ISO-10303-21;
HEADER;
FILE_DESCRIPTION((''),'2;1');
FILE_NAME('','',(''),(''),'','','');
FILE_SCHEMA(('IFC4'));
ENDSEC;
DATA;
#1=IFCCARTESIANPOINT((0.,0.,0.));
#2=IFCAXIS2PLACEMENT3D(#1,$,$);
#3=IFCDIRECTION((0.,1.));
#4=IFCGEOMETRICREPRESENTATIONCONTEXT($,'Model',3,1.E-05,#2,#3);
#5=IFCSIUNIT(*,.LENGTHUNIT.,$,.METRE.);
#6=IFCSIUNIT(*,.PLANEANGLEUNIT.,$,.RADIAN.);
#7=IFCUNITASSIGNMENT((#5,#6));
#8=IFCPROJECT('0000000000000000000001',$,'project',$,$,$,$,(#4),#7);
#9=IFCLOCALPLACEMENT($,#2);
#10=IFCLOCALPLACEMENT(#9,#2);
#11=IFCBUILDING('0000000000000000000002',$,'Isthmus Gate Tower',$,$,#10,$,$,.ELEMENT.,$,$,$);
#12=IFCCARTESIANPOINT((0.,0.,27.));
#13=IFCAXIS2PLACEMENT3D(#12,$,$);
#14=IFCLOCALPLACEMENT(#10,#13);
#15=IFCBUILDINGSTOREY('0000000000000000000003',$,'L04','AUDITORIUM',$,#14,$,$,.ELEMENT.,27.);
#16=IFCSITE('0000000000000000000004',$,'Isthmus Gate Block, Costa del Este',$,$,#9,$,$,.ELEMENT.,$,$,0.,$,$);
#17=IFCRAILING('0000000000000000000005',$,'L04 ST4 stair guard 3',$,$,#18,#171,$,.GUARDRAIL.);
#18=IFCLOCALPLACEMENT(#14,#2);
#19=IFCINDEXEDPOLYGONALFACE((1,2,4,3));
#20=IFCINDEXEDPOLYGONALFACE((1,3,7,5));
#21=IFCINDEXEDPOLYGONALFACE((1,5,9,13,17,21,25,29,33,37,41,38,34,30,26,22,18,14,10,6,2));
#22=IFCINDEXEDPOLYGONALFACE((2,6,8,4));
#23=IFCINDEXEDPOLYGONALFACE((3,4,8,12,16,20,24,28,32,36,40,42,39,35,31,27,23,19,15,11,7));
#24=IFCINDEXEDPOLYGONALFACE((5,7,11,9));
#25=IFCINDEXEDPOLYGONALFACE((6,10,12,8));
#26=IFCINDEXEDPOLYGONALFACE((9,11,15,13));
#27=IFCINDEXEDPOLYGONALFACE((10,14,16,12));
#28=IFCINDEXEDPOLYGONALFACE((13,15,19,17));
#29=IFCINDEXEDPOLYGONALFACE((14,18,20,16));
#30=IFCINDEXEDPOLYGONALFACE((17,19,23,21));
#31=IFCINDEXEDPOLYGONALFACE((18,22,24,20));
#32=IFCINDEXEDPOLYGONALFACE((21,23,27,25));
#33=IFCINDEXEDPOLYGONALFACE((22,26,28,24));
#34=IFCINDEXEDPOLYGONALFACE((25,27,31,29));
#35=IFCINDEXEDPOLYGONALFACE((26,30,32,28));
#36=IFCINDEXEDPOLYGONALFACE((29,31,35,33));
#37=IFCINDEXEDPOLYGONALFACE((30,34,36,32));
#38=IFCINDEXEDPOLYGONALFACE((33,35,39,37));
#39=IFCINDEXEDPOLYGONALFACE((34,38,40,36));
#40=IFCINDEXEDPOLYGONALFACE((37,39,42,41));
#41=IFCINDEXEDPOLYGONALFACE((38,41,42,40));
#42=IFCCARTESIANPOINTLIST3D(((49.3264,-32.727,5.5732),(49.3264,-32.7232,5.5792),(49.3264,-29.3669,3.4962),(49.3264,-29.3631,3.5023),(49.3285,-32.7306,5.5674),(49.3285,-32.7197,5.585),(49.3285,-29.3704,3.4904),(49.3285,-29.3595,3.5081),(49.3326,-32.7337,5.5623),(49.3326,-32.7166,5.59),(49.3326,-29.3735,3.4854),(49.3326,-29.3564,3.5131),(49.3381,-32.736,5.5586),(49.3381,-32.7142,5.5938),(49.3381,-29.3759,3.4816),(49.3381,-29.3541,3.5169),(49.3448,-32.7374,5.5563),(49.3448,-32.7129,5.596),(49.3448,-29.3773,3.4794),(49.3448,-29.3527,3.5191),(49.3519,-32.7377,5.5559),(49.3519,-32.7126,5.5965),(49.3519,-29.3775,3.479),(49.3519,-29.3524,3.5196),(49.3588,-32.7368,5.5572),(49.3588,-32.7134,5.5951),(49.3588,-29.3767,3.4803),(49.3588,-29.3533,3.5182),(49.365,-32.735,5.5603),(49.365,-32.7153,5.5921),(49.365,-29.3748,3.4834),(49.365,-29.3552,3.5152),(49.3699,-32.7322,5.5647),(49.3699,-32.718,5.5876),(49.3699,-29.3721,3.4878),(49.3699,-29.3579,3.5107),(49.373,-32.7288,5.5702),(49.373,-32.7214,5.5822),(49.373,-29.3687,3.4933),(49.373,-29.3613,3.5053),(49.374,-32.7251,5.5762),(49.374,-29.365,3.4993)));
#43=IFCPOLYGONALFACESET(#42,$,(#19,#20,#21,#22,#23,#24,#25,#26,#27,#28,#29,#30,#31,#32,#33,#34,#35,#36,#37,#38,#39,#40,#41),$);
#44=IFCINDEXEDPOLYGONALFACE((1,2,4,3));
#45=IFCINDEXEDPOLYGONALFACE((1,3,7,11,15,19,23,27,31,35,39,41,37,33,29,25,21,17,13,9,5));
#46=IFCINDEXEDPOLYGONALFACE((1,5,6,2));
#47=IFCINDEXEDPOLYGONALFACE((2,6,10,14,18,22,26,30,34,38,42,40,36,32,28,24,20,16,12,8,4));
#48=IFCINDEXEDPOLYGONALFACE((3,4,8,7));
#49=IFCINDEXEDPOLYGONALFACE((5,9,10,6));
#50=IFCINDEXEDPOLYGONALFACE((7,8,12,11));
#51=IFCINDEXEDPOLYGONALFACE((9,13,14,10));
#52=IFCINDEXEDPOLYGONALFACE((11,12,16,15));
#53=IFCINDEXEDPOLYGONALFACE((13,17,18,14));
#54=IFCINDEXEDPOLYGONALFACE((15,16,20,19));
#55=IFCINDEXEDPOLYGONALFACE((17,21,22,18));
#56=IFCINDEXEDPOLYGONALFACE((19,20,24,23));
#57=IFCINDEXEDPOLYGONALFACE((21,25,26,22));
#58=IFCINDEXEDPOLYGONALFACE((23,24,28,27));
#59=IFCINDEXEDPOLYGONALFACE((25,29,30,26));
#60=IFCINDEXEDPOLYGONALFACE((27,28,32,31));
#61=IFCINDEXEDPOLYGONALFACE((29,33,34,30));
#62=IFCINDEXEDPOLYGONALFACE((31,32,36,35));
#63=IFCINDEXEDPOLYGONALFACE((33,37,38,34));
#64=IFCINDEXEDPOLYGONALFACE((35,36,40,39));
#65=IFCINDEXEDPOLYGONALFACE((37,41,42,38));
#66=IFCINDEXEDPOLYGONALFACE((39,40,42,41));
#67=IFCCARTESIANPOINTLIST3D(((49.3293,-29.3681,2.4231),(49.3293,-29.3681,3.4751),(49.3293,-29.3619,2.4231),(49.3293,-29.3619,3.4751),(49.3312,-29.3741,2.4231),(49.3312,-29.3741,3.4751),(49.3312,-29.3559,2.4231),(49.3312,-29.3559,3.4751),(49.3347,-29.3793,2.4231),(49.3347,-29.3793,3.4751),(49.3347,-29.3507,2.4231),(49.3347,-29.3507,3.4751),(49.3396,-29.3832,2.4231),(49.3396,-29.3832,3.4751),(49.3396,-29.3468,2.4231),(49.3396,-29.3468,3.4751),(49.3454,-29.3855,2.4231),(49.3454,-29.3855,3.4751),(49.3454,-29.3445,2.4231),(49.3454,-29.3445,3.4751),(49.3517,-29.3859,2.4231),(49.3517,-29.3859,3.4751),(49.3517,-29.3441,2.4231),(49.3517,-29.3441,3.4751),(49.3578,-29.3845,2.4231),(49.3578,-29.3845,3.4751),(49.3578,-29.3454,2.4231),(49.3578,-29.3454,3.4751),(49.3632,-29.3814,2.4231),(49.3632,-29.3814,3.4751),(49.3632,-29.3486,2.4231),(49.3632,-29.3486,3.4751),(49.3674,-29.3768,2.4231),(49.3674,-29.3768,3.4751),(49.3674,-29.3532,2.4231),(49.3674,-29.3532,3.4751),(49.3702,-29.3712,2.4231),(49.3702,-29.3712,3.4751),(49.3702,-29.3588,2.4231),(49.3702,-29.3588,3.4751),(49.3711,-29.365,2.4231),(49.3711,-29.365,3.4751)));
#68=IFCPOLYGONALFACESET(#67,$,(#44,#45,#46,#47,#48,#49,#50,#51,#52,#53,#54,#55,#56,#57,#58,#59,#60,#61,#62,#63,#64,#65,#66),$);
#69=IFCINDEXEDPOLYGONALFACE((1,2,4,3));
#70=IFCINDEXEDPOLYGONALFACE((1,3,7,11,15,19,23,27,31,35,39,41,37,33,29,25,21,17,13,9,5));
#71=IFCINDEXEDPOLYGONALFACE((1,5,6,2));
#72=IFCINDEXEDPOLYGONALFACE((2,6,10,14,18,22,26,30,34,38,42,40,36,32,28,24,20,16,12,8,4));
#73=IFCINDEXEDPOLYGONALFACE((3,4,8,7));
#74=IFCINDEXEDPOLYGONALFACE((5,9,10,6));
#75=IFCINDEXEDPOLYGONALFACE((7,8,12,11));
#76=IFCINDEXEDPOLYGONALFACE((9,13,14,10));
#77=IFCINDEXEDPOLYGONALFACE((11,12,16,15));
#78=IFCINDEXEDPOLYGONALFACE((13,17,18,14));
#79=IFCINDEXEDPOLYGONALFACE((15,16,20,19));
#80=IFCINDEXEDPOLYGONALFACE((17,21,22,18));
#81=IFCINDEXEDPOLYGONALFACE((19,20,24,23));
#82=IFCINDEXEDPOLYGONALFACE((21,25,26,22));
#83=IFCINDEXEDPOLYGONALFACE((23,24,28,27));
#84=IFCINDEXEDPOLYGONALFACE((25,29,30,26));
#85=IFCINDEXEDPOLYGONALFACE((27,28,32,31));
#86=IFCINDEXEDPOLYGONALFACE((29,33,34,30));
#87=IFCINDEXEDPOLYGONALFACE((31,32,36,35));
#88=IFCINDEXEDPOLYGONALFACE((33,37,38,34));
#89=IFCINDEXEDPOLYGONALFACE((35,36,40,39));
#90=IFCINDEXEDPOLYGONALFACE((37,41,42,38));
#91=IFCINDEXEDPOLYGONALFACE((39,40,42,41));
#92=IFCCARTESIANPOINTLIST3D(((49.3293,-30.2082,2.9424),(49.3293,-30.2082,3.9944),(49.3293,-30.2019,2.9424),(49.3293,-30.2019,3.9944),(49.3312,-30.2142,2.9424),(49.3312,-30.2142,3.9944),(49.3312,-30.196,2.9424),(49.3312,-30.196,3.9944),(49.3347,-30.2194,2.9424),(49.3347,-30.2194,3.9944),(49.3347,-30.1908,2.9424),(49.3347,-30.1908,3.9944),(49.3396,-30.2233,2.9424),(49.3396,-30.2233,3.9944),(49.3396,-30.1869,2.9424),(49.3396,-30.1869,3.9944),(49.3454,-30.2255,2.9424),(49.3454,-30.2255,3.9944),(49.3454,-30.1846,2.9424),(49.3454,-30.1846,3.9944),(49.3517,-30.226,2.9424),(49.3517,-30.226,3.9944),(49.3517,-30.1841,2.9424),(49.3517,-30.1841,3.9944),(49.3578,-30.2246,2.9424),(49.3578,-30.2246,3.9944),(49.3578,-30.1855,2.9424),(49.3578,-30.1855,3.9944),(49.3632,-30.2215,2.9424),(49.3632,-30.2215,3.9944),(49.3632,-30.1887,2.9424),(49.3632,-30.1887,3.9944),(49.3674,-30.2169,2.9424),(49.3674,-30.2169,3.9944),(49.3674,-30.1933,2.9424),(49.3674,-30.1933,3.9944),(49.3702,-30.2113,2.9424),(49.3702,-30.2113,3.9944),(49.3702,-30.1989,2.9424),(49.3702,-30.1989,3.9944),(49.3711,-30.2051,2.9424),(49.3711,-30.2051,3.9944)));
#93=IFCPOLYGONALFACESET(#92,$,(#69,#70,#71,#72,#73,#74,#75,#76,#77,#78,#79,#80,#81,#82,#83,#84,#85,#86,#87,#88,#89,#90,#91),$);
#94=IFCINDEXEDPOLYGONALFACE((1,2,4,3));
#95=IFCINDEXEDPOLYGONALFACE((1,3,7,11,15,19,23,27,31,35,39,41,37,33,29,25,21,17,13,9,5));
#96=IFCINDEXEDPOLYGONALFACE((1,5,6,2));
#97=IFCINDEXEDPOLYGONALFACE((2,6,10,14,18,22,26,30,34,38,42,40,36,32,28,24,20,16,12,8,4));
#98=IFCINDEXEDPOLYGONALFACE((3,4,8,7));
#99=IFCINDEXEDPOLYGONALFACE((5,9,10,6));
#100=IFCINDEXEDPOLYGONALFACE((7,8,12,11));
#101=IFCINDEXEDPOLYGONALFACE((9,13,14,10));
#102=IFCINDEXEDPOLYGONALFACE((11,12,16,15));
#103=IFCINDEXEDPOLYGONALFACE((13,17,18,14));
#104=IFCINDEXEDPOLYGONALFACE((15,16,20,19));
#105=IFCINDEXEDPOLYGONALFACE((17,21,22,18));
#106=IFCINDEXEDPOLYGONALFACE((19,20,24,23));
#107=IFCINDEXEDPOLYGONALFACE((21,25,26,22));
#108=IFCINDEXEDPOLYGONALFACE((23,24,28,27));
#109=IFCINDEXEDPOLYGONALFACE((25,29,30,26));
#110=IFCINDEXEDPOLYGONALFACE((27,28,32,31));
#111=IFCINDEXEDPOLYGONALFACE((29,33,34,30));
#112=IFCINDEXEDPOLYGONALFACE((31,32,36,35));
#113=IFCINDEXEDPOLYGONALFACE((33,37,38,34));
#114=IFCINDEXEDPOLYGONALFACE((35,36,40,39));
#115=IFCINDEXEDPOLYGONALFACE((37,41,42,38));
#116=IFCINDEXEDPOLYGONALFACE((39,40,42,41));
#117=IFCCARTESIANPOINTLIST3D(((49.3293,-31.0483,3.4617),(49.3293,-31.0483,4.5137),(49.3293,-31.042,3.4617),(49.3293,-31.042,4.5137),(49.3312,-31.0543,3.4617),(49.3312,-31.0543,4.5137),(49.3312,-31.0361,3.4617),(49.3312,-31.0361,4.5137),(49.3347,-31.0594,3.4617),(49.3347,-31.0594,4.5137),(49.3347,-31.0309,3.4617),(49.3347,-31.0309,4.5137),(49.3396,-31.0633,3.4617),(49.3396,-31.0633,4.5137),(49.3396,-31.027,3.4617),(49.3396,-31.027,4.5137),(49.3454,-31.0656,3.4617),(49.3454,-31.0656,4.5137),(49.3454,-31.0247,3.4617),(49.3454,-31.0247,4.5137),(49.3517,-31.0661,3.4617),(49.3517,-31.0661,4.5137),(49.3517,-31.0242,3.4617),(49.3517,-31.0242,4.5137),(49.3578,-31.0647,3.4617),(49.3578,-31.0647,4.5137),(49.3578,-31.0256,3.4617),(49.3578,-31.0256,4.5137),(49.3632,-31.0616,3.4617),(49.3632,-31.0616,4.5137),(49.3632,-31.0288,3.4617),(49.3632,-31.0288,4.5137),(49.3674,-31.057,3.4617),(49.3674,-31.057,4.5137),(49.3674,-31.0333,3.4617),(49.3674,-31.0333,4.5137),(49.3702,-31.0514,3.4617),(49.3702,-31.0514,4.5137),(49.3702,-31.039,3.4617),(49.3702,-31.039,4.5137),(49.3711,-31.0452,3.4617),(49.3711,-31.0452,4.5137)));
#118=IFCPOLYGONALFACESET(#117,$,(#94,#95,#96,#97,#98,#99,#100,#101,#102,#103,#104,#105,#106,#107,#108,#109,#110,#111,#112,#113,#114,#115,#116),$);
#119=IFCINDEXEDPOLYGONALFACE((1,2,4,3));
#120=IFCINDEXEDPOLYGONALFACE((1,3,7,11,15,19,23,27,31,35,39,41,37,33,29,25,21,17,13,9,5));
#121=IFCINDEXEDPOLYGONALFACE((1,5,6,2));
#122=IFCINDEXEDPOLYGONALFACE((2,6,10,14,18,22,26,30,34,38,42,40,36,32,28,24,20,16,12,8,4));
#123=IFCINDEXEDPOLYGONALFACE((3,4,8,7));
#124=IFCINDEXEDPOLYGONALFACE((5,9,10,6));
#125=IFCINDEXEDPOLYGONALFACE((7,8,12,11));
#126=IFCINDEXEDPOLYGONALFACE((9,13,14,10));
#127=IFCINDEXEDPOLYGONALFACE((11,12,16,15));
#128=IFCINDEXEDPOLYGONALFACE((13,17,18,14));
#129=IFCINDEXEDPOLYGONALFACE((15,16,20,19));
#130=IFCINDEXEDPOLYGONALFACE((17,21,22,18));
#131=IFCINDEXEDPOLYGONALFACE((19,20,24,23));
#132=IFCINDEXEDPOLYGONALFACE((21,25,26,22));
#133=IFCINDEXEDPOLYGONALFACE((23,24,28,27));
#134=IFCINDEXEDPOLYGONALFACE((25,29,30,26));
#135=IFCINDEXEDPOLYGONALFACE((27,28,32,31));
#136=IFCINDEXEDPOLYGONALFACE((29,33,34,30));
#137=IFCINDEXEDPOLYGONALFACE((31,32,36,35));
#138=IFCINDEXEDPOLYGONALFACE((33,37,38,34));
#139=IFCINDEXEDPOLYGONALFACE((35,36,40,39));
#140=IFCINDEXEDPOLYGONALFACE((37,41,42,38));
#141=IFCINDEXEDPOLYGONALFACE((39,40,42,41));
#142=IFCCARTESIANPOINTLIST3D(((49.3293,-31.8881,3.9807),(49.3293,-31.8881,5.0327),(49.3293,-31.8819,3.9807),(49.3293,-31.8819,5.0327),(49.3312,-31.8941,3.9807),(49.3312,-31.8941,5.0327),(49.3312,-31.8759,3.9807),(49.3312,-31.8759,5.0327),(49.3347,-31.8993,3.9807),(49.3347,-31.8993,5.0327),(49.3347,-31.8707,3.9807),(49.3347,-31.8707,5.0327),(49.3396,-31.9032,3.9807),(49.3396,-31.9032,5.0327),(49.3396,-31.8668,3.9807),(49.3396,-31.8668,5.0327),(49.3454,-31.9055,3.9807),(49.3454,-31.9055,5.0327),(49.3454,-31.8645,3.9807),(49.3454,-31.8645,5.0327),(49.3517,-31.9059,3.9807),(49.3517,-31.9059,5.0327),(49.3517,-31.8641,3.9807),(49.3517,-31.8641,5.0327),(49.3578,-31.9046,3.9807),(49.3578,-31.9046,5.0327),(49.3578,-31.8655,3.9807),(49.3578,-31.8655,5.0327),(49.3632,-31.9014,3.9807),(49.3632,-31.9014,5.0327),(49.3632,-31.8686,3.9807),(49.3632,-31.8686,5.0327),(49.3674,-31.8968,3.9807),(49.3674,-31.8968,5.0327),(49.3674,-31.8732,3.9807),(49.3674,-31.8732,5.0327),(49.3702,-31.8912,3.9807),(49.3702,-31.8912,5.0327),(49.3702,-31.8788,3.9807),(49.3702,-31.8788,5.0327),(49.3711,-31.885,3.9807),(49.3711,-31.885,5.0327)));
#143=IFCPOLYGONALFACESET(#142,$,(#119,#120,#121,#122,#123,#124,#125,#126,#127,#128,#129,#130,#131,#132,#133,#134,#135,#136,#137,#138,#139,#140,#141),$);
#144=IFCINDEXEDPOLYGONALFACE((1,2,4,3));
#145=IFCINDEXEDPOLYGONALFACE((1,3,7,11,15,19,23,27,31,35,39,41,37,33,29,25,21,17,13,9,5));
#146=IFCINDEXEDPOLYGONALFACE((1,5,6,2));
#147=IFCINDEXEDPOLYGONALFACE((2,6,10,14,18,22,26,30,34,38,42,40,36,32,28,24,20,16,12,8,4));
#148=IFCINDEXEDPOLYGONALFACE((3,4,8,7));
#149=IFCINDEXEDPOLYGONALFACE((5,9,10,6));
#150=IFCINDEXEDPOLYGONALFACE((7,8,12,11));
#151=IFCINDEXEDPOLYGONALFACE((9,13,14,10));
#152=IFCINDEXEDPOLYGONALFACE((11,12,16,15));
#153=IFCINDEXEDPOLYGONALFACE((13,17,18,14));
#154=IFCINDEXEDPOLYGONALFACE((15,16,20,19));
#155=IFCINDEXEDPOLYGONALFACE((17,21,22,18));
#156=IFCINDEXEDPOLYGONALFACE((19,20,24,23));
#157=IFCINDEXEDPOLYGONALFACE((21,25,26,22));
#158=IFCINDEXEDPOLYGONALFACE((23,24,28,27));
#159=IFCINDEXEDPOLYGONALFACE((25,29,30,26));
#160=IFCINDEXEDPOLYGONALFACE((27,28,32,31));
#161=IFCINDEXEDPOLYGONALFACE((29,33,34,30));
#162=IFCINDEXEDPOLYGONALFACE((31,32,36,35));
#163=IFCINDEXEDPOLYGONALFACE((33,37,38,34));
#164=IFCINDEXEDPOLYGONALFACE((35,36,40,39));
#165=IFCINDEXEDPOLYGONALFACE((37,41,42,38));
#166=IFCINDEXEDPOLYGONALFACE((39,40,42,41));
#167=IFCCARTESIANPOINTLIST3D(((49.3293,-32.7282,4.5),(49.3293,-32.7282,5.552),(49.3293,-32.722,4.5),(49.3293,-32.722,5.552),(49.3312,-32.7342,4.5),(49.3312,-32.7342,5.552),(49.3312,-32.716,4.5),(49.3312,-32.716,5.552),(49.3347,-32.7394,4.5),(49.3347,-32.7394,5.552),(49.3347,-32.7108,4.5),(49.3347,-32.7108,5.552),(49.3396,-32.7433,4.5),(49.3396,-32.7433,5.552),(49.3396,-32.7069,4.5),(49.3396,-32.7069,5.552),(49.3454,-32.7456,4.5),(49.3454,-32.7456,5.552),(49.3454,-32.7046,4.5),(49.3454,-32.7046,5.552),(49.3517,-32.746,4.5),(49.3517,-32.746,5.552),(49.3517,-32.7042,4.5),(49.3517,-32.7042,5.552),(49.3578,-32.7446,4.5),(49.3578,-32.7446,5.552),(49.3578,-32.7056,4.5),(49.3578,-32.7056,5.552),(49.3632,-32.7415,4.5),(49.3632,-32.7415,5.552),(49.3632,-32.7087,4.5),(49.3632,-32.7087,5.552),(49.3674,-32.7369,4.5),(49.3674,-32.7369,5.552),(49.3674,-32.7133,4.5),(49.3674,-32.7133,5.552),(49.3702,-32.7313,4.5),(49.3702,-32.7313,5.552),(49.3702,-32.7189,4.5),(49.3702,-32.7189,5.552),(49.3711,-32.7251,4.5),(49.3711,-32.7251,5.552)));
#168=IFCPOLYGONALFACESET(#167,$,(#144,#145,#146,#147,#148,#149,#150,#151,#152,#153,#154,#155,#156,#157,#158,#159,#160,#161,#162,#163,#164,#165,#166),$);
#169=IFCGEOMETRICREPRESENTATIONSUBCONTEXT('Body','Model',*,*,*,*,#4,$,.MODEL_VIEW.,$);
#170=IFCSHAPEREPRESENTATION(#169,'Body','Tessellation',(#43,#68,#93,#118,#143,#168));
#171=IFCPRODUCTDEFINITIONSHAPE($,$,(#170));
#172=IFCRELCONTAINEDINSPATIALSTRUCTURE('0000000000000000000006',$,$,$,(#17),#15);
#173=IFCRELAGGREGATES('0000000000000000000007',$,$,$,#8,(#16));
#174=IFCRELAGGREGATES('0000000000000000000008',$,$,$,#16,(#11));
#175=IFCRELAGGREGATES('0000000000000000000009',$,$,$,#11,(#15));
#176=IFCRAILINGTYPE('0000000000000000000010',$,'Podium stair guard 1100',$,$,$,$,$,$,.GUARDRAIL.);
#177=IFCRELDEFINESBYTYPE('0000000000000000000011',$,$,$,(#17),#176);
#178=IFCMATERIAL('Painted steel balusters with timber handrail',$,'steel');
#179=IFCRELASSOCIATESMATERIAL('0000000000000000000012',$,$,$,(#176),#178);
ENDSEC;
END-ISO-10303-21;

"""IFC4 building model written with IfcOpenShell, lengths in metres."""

from ifc_helpers import new_model, si_unit, direction, frame, origin, origin_2d, place, context, subcontext, project, spatial, circle, extrude, material, type_object, element, save


model = new_model("IFC4")

# Units and contexts
model_context = context("Model", 3, precision=1e-05, world=origin(), true_north=direction((0.0, 1.0)))
body_context = subcontext(model_context, "Body", "Model", "MODEL_VIEW")
ifc_project = project(units=[si_unit("LENGTHUNIT", "METRE"), si_unit("PLANEANGLEUNIT", "RADIAN")], contexts=[model_context])

# Site, building, storey
site_placement = place(None, origin())
site = spatial("IfcSite", under=ifc_project, at=site_placement, Name="Isthmus Gate Block, Costa del Este", CompositionType="ELEMENT", RefElevation=0.0)
building_placement = place(site_placement, origin())
building = spatial("IfcBuilding", under=site, at=building_placement, Name="Isthmus Gate Tower", CompositionType="ELEMENT")
storey_placement = place(building_placement, frame((0.0, 0.0, 27.0)))
storey = spatial("IfcBuildingStorey", under=building, at=storey_placement, Name="L04", Description="AUDITORIUM", CompositionType="ELEMENT", Elevation=27.0)

# Railing
ifc_material_1 = material(Name="Painted steel balusters with timber handrail", Category="steel")
railing_type_1 = type_object("IfcRailingType", Name="Podium stair guard 1100", PredefinedType="GUARDRAIL", material=ifc_material_1)
railing_1_placement = place(storey_placement, frame((49.3501, -29.365, 2.4231)))
element("IfcRailing", 1, at=railing_1_placement, inside=storey, type_object=railing_type_1, Name="L04 ST4 stair guard 3", PredefinedType="GUARDRAIL", context=body_context, shape_type="SweptSolid", body=[
    extrude(circle(Radius=0.0239, at=origin_2d()), frame((0.0, 0.0, 1.0762), z_axis=(0.0, -0.850623, 0.525776), x_axis=(1.0, 0.0, 0.0)), (0.0, 0.0, 1.0), 3.9502),
    extrude(circle(Radius=0.021, at=origin_2d()), origin(), (0.0, 0.0, 1.0), 1.052),
    extrude(circle(Radius=0.021, at=origin_2d()), frame((0.0, -0.8401, 0.5193)), (0.0, 0.0, 1.0), 1.052),
    extrude(circle(Radius=0.021, at=origin_2d()), frame((0.0, -1.6802, 1.0386)), (0.0, 0.0, 1.0), 1.052),
    extrude(circle(Radius=0.021, at=origin_2d()), frame((0.0, -2.52, 1.5576)), (0.0, 0.0, 1.0), 1.052),
    extrude(circle(Radius=0.021, at=origin_2d()), frame((0.0, -3.3601, 2.0769)), (0.0, 0.0, 1.0), 1.052),
])

save(model, "model.ifc")
